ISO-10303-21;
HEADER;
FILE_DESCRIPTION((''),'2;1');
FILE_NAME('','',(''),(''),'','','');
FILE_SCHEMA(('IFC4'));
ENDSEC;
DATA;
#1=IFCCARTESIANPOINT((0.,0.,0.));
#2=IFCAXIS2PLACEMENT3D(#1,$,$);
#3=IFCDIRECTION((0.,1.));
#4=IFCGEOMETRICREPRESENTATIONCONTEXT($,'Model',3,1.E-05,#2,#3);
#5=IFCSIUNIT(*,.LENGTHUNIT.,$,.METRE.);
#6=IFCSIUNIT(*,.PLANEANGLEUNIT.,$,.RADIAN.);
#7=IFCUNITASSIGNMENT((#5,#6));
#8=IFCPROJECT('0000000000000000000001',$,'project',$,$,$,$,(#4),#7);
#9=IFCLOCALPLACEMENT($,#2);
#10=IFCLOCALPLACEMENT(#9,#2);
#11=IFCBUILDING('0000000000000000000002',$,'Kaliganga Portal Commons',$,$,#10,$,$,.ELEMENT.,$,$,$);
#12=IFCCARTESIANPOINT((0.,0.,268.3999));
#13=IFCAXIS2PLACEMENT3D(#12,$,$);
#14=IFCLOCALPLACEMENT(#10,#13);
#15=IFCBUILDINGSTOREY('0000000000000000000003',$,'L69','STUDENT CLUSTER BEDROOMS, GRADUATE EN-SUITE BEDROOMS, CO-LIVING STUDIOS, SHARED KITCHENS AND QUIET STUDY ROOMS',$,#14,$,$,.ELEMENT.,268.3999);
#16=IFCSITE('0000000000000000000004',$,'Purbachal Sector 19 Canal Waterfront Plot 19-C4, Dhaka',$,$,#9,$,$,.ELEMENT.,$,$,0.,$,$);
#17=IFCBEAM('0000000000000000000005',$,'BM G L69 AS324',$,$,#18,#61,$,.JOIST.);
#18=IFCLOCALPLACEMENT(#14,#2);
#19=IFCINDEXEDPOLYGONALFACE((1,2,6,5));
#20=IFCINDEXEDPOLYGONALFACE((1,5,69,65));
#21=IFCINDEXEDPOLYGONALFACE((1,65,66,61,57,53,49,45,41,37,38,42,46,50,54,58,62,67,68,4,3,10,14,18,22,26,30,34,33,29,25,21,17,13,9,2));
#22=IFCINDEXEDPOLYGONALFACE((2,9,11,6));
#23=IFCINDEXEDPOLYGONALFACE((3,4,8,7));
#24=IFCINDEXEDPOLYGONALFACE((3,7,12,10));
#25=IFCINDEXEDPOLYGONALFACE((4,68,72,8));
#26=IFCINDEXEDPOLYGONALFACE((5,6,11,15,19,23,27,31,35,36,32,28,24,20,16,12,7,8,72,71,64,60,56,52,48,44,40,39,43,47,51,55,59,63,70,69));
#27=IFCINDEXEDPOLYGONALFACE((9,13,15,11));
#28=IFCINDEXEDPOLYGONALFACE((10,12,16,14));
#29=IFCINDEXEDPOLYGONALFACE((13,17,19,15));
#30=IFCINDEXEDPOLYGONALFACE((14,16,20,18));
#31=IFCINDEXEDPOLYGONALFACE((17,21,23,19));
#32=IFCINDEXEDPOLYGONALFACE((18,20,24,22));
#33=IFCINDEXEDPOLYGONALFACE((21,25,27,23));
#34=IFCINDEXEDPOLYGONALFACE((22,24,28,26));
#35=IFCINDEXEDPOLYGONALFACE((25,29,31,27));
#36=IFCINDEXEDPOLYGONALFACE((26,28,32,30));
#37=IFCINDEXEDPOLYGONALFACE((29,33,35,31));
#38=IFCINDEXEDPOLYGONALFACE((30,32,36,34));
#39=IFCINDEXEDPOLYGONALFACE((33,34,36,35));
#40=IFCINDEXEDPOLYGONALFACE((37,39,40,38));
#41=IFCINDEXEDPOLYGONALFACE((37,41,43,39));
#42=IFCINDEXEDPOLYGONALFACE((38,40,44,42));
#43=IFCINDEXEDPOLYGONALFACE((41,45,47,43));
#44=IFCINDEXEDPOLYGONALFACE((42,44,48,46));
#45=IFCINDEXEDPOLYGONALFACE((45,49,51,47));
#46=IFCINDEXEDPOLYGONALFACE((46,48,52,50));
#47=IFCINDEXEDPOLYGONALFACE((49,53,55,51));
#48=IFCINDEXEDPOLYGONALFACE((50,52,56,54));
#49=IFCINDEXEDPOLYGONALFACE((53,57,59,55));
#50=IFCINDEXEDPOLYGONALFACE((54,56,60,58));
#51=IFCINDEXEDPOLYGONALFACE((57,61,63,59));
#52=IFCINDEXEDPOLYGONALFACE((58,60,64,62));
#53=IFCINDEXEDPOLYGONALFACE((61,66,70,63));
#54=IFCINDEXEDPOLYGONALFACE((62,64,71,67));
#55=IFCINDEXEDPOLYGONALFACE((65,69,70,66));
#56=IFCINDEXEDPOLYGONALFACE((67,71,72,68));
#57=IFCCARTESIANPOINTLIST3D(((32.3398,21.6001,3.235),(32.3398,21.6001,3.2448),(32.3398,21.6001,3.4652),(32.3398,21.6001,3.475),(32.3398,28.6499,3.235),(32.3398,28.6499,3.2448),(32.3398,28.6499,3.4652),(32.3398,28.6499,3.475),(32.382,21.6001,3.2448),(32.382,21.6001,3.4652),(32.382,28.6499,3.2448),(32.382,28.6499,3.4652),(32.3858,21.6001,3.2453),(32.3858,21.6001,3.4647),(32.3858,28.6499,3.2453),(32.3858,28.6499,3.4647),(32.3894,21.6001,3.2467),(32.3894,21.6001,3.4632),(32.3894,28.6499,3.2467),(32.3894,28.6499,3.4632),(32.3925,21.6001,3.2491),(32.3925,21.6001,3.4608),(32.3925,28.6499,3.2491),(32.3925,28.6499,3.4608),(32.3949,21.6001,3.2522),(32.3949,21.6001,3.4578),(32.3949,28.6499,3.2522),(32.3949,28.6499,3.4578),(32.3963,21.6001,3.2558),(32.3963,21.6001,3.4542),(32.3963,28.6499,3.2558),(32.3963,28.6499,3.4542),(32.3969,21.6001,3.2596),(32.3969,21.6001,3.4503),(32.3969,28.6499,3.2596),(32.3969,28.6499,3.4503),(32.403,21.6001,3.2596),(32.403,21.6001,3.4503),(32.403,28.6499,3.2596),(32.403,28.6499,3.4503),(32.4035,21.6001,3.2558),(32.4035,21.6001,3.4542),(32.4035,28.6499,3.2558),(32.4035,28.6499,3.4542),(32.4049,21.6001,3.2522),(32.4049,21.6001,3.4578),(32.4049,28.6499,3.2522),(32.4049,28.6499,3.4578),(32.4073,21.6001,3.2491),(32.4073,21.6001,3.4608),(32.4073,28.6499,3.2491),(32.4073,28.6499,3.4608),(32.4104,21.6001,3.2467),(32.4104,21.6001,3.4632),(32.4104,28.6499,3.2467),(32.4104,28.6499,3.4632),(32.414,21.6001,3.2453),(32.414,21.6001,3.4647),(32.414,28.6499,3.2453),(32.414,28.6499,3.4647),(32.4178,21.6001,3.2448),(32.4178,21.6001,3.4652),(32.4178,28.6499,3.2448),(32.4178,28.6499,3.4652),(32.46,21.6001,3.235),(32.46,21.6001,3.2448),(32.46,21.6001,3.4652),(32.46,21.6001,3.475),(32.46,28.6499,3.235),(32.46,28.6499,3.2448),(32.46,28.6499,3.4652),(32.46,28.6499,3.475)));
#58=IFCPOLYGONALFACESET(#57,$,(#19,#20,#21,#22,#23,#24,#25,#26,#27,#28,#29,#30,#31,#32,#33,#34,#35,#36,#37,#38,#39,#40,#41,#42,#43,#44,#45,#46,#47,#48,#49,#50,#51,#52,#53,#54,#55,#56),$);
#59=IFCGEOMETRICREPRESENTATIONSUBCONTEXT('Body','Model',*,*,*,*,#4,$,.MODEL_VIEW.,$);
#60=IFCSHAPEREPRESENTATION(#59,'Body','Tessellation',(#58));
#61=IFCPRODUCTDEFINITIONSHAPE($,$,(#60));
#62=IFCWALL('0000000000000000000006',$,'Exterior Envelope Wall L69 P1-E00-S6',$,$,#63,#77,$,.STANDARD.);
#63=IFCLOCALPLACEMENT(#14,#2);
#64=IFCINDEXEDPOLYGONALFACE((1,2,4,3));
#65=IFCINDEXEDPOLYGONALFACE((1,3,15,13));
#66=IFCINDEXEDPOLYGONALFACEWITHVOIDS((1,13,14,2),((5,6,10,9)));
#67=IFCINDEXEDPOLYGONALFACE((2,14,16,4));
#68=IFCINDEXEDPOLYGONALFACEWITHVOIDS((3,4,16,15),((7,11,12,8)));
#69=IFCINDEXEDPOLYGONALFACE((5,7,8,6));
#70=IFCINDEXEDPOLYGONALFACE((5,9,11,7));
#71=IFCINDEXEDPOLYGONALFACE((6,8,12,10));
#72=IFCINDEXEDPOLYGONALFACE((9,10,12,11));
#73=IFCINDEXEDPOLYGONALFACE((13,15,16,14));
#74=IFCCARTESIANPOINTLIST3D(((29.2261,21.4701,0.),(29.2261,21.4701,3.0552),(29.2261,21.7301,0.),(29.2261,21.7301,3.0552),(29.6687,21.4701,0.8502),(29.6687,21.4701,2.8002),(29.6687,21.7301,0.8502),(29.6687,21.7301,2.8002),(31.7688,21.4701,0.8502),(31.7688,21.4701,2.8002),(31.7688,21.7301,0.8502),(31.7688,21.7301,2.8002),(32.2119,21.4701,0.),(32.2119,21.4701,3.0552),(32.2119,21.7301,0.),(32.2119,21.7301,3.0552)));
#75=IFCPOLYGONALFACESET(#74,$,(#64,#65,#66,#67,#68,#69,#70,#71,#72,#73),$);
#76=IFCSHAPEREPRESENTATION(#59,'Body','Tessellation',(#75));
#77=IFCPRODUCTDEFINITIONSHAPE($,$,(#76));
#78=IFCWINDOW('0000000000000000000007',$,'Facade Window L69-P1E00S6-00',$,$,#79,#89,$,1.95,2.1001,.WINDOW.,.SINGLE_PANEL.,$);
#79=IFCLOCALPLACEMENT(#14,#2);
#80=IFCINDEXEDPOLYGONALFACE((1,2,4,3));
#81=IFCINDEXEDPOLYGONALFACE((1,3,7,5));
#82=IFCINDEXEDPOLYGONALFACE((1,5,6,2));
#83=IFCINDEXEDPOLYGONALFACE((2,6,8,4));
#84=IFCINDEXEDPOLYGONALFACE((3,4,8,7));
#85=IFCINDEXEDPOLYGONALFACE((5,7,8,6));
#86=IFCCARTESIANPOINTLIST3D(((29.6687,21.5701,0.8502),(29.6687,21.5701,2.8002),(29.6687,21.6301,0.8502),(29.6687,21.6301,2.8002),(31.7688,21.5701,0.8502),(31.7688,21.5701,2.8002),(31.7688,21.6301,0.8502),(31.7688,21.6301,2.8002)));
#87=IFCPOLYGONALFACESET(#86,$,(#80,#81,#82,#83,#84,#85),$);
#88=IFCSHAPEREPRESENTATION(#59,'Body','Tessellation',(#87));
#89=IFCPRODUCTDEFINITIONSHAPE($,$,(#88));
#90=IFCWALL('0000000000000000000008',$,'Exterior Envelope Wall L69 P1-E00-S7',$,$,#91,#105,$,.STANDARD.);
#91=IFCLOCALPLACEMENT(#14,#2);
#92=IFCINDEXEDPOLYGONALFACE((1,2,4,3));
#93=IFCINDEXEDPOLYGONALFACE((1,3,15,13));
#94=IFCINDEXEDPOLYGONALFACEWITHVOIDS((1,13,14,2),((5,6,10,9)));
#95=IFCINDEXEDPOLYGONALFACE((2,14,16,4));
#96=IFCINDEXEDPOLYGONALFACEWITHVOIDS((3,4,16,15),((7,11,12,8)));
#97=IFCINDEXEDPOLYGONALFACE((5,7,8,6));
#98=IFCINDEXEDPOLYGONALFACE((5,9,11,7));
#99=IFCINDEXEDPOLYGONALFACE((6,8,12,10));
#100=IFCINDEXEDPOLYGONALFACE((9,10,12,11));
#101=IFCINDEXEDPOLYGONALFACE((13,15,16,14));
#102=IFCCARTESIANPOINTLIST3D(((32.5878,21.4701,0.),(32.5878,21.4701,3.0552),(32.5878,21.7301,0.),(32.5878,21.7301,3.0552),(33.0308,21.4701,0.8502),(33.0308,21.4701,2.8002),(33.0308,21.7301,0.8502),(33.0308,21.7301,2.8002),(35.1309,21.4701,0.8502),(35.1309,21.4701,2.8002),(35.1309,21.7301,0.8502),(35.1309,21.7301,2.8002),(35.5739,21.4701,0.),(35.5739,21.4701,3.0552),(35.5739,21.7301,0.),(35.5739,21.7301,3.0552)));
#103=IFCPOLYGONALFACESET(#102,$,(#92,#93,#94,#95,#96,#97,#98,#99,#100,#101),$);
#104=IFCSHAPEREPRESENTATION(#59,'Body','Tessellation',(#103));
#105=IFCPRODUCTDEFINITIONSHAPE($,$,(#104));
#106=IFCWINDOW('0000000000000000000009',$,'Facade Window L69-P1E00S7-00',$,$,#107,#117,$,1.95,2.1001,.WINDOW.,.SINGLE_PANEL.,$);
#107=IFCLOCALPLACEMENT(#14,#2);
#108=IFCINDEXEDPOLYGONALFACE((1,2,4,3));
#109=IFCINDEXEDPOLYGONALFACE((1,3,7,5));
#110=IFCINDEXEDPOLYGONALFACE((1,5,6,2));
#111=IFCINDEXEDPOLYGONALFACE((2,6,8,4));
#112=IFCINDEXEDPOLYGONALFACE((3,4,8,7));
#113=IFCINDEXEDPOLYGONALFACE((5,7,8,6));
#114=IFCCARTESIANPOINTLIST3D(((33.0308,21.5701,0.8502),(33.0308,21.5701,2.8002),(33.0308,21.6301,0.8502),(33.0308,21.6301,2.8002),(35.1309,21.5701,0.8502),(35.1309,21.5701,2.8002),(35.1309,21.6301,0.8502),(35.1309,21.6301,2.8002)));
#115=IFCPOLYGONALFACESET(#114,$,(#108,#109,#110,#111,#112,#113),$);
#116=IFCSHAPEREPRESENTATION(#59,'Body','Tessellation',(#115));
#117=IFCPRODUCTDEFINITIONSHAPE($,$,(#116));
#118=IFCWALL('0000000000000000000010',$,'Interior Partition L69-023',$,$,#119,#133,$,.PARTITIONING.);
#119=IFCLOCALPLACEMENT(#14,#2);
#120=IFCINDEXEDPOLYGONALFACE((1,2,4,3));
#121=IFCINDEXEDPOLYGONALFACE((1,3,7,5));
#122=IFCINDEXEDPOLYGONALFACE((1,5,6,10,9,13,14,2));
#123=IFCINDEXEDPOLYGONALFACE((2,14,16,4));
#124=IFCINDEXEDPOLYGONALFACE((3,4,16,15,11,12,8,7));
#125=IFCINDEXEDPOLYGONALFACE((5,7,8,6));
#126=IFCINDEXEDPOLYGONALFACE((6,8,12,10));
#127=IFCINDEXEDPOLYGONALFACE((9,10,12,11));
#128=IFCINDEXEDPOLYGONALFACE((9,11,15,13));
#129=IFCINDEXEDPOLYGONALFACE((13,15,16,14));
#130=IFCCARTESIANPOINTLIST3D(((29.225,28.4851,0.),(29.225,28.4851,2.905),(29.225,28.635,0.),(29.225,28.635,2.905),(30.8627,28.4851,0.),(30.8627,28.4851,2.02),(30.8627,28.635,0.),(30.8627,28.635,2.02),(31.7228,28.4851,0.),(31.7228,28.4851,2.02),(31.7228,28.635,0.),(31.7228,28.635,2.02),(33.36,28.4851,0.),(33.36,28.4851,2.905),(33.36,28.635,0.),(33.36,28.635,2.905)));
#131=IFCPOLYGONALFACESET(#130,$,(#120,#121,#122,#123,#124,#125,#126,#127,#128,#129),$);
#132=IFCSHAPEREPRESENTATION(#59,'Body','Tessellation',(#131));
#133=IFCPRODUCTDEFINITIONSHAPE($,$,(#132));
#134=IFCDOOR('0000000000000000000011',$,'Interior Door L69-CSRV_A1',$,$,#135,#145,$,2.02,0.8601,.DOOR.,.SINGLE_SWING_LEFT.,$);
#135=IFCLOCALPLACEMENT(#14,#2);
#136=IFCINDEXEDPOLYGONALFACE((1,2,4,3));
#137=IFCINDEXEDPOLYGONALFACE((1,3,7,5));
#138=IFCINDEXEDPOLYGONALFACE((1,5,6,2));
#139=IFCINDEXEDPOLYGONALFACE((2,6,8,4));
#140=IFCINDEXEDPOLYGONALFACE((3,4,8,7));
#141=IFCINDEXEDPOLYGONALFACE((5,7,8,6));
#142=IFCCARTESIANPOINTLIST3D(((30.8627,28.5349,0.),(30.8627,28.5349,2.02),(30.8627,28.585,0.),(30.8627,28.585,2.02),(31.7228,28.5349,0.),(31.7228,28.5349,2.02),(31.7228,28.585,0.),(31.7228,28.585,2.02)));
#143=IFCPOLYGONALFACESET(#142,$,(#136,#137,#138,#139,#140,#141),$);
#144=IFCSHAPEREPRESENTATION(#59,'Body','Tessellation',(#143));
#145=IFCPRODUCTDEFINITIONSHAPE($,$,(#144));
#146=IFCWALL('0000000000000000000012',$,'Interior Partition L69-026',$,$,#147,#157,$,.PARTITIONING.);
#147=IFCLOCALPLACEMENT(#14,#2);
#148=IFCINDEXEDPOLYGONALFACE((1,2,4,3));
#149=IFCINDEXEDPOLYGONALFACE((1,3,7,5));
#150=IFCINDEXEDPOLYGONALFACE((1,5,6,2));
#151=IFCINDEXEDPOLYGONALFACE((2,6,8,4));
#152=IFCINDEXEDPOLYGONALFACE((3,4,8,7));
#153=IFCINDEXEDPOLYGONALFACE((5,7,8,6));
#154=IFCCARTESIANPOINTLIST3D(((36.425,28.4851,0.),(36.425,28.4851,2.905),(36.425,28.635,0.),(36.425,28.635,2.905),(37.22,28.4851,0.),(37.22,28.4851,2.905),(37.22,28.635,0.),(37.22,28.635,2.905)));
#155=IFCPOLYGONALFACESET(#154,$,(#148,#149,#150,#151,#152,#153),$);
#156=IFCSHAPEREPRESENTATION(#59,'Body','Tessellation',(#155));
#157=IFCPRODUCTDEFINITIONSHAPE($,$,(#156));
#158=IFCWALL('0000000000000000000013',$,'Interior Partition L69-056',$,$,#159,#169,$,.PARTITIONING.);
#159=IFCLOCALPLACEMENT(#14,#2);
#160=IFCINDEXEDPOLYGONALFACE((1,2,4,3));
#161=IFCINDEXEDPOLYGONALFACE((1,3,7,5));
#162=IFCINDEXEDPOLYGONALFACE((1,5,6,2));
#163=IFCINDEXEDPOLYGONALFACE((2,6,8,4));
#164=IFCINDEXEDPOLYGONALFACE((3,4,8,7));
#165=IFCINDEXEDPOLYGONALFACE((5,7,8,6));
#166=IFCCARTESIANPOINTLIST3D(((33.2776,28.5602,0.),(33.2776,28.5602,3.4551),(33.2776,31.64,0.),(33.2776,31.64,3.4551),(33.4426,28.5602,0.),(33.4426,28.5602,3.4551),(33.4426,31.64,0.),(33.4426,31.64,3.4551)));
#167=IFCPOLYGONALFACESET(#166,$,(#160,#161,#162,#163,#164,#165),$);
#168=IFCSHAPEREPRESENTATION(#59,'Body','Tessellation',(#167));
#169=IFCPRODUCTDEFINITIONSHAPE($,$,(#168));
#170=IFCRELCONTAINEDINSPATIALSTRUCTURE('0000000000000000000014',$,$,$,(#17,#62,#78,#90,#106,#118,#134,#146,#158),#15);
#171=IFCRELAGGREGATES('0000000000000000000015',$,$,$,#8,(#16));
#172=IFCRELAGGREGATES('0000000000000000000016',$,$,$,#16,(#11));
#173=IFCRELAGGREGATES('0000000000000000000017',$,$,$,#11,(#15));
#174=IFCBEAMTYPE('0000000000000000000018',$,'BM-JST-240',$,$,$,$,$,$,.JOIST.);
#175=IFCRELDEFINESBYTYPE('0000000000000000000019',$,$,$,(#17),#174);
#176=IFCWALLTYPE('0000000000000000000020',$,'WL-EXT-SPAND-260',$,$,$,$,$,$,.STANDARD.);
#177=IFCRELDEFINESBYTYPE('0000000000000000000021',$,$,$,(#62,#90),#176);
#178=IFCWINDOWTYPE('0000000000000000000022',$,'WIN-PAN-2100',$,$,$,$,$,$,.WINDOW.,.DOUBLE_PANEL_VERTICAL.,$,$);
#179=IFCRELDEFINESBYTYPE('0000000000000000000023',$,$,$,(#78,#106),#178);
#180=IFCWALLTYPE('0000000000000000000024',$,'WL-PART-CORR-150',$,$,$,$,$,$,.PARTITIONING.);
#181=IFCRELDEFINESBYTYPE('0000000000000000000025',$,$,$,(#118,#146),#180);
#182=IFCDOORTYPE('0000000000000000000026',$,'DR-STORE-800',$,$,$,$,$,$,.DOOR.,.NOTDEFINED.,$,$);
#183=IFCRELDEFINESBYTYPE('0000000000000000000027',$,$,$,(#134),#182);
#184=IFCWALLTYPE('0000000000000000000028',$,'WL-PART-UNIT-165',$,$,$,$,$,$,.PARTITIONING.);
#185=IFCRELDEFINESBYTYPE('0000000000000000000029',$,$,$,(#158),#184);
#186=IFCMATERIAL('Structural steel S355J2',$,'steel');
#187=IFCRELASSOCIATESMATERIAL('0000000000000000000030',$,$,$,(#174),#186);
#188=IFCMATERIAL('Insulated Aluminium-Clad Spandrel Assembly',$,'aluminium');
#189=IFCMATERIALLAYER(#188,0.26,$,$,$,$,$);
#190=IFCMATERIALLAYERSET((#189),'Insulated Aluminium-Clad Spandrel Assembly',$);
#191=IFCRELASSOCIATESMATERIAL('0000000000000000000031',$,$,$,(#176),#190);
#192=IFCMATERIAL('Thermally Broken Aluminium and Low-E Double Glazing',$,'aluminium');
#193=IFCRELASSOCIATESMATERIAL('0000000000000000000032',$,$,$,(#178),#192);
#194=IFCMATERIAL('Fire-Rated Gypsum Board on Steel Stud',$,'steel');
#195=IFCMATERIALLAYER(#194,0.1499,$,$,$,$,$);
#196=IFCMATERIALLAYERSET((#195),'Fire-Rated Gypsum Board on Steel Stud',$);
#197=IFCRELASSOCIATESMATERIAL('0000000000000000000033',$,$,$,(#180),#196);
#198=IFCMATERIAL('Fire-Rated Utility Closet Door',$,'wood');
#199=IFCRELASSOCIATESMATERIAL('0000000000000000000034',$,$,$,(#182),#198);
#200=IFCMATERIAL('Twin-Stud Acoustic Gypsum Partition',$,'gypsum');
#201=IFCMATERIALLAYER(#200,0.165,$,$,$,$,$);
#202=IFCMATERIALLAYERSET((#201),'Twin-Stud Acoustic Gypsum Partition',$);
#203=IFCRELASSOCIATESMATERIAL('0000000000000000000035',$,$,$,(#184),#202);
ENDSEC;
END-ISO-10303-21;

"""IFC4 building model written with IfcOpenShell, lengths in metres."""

from ifc_helpers import new_model, si_unit, direction, frame, frame_2d, origin, origin_2d, place, context, subcontext, project, spatial, rectangle, i_section, extrude, source, transform, mapped, material, layer, layer_set, material_profile, profile_set, type_object, element, fill, save


model = new_model("IFC4")

# Units and contexts
model_context = context("Model", 3, precision=1e-05, world=origin(), true_north=direction((0.0, 1.0)))
body_context = subcontext(model_context, "Body", "Model", "MODEL_VIEW")
ifc_project = project(units=[si_unit("LENGTHUNIT", "METRE"), si_unit("PLANEANGLEUNIT", "RADIAN")], contexts=[model_context])

# Site, building, storey
site_placement = place(None, origin())
site = spatial("IfcSite", under=ifc_project, at=site_placement, Name="Purbachal Sector 19 Canal Waterfront Plot 19-C4, Dhaka", CompositionType="ELEMENT", RefElevation=0.0)
building_placement = place(site_placement, origin())
building = spatial("IfcBuilding", under=site, at=building_placement, Name="Kaliganga Portal Commons", CompositionType="ELEMENT")
storey_placement = place(building_placement, frame((0.0, 0.0, 268.3999)))
storey = spatial("IfcBuildingStorey", under=building, at=storey_placement, Name="L69", Description="STUDENT CLUSTER BEDROOMS, GRADUATE EN-SUITE BEDROOMS, CO-LIVING STUDIOS, SHARED KITCHENS AND QUIET STUDY ROOMS", CompositionType="ELEMENT", Elevation=268.3999)

# Shared definitions
ifc_material_1 = material(Name="Structural steel S355J2", Category="steel")

# Beam
ifc_material_profile_1 = material_profile(ifc_material_1, i_section(OverallWidth=0.1201, OverallDepth=0.24, WebThickness=0.0061, FlangeThickness=0.0098, FilletRadius=0.0149, at=origin_2d()), Name="IPE 240")
ifc_profile_set_1 = profile_set([ifc_material_profile_1], Name="Structural steel S355J2 wide-flange")
beam_type_1 = type_object("IfcBeamType", Name="BM-JST-240", PredefinedType="JOIST", material=ifc_profile_set_1)
shared_shape_1 = source(origin(), body_context, "Body", "SweptSolid", [
    extrude(i_section(OverallWidth=0.1201, OverallDepth=0.24, WebThickness=0.0061, FlangeThickness=0.0098, FilletRadius=0.0149, at=origin_2d()), origin(), (0.0, 0.0, 1.0), 7.0498),
])
beam_1_placement = place(storey_placement, frame((32.3999, 21.6001, 3.355), z_axis=(0.0, 1.0, 0.0), x_axis=(-1.0, 0.0, 0.0)))
element("IfcBeam", 1, at=beam_1_placement, inside=storey, type_object=beam_type_1, Name="BM G L69 AS324", PredefinedType="JOIST", context=body_context, shape_type="MappedRepresentation", body=[
    mapped(shared_shape_1, transform((0.0, 0.0, 0.0), x_axis=(1.0, 0.0, 0.0), y_axis=(0.0, 1.0, 0.0), z_axis=(0.0, 0.0, 1.0), scale=1.0)),
])

# Walls, openings, windows
ifc_material_2 = material(Name="Insulated Aluminium-Clad Spandrel Assembly", Category="aluminium")
ifc_layer_1 = layer(ifc_material_2, 0.26)
ifc_layer_set_1 = layer_set([ifc_layer_1], Name="Insulated Aluminium-Clad Spandrel Assembly")
wall_type_1 = type_object("IfcWallType", Name="WL-EXT-SPAND-260", PredefinedType="STANDARD", material=ifc_layer_set_1)
wall_1_placement = place(storey_placement, frame((32.2119, 21.6001, 0.0), z_axis=(0.0, 0.0, 1.0), x_axis=(-1.0, 0.0, 0.0)))
wall_1 = element("IfcWall", 2, at=wall_1_placement, inside=storey, type_object=wall_type_1, Name="Exterior Envelope Wall L69 P1-E00-S6", PredefinedType="STANDARD", context=body_context, shape_type="SweptSolid", body=[
    extrude(rectangle(XDim=2.9858, YDim=0.26, at=frame_2d((1.4929, 0.0))), origin(), (0.0, 0.0, 1.0), 3.0552),
])
opening_1_placement = place(wall_1_placement, frame((0.4431, 0.0, 0.8501)))
opening_1 = element("IfcOpeningElement", 3, at=opening_1_placement, cuts=wall_1, PredefinedType="OPENING", context=body_context, shape_type="SweptSolid", body=[
    extrude(rectangle(XDim=2.1001, YDim=1.95, at=frame_2d((1.05, 0.9751))), frame((0.0, 0.1401, 0.0), z_axis=(0.0, -1.0, 0.0), x_axis=(1.0, 0.0, 0.0)), (0.0, 0.0, 1.0), 0.28),
])
ifc_material_3 = material(Name="Thermally Broken Aluminium and Low-E Double Glazing", Category="aluminium")
window_type = type_object("IfcWindowType", Name="WIN-PAN-2100", PartitioningType="DOUBLE_PANEL_VERTICAL", PredefinedType="WINDOW", material=ifc_material_3)
window_1_placement = place(opening_1_placement, origin())
window_1 = element("IfcWindow", 4, at=window_1_placement, inside=storey, type_object=window_type, Name="Facade Window L69-P1E00S6-00", OverallHeight=1.95, OverallWidth=2.1001, PartitioningType="SINGLE_PANEL", PredefinedType="WINDOW", context=body_context, shape_type="SweptSolid", body=[
    extrude(rectangle(XDim=2.1001, YDim=1.95, at=frame_2d((1.05, 0.9751))), frame((0.0, 0.03, 0.0), z_axis=(0.0, -1.0, 0.0), x_axis=(1.0, 0.0, 0.0)), (0.0, 0.0, 1.0), 0.0601),
])
fill(opening_1, window_1)
wall_2_placement = place(storey_placement, frame((35.574, 21.6001, 0.0), z_axis=(0.0, 0.0, 1.0), x_axis=(-1.0, 0.0, 0.0)))
wall_2 = element("IfcWall", 5, at=wall_2_placement, inside=storey, type_object=wall_type_1, Name="Exterior Envelope Wall L69 P1-E00-S7", PredefinedType="STANDARD", context=body_context, shape_type="SweptSolid", body=[
    extrude(rectangle(XDim=2.9861, YDim=0.26, at=frame_2d((1.4932, 0.0))), origin(), (0.0, 0.0, 1.0), 3.0552),
])
opening_2_placement = place(wall_2_placement, frame((0.4431, 0.0, 0.8501)))
opening_2 = element("IfcOpeningElement", 6, at=opening_2_placement, cuts=wall_2, PredefinedType="OPENING", context=body_context, shape_type="SweptSolid", body=[
    extrude(rectangle(XDim=2.1001, YDim=1.95, at=frame_2d((1.05, 0.9751))), frame((0.0, 0.1401, 0.0), z_axis=(0.0, -1.0, 0.0), x_axis=(1.0, 0.0, 0.0)), (0.0, 0.0, 1.0), 0.28),
])
window_2_placement = place(opening_2_placement, origin())
window_2 = element("IfcWindow", 7, at=window_2_placement, inside=storey, type_object=window_type, Name="Facade Window L69-P1E00S7-00", OverallHeight=1.95, OverallWidth=2.1001, PartitioningType="SINGLE_PANEL", PredefinedType="WINDOW", context=body_context, shape_type="SweptSolid", body=[
    extrude(rectangle(XDim=2.1001, YDim=1.95, at=frame_2d((1.05, 0.9751))), frame((0.0, 0.03, 0.0), z_axis=(0.0, -1.0, 0.0), x_axis=(1.0, 0.0, 0.0)), (0.0, 0.0, 1.0), 0.0601),
])
fill(opening_2, window_2)

# Wall, opening, door
ifc_material_4 = material(Name="Fire-Rated Gypsum Board on Steel Stud", Category="steel")
ifc_layer_2 = layer(ifc_material_4, 0.1499)
ifc_layer_set_2 = layer_set([ifc_layer_2], Name="Fire-Rated Gypsum Board on Steel Stud")
wall_type_2 = type_object("IfcWallType", Name="WL-PART-CORR-150", PredefinedType="PARTITIONING", material=ifc_layer_set_2)
wall_3_placement = place(storey_placement, frame((29.2251, 28.5601, 0.0), z_axis=(0.0, 0.0, 1.0), x_axis=(1.0, 0.0, 0.0)))
wall_3 = element("IfcWall", 8, at=wall_3_placement, inside=storey, type_object=wall_type_2, Name="Interior Partition L69-023", PredefinedType="PARTITIONING", context=body_context, shape_type="SweptSolid", body=[
    extrude(rectangle(XDim=4.135, YDim=0.1499, at=frame_2d((2.0674, 0.0))), origin(), (0.0, 0.0, 1.0), 2.905),
])
opening_3_placement = place(wall_3_placement, frame((1.6375, 0.0, 0.0)))
opening_3 = element("IfcOpeningElement", 9, at=opening_3_placement, cuts=wall_3, PredefinedType="OPENING", context=body_context, shape_type="SweptSolid", body=[
    extrude(rectangle(XDim=0.8601, YDim=2.02, at=frame_2d((0.4302, 1.01))), frame((0.0, 0.085, 0.0), z_axis=(0.0, -1.0, 0.0), x_axis=(1.0, 0.0, 0.0)), (0.0, 0.0, 1.0), 0.1699),
])
ifc_material_5 = material(Name="Fire-Rated Utility Closet Door", Category="wood")
door_type_1 = type_object("IfcDoorType", Name="DR-STORE-800", OperationType="NOTDEFINED", PredefinedType="DOOR", material=ifc_material_5)
door_1_placement = place(opening_3_placement, origin())
door_1 = element("IfcDoor", 10, at=door_1_placement, inside=storey, type_object=door_type_1, Name="Interior Door L69-CSRV_A1", OperationType="SINGLE_SWING_LEFT", OverallHeight=2.02, OverallWidth=0.8601, PredefinedType="DOOR", context=body_context, shape_type="SweptSolid", body=[
    extrude(rectangle(XDim=0.8601, YDim=2.02, at=frame_2d((0.4302, 1.01))), frame((0.0, 0.0249, 0.0), z_axis=(0.0, -1.0, 0.0), x_axis=(1.0, 0.0, 0.0)), (0.0, 0.0, 1.0), 0.05),
])
fill(opening_3, door_1)

# Walls
wall_4_placement = place(storey_placement, frame((36.425, 28.5601, 0.0), z_axis=(0.0, 0.0, 1.0), x_axis=(1.0, 0.0, 0.0)))
element("IfcWall", 11, at=wall_4_placement, inside=storey, type_object=wall_type_2, Name="Interior Partition L69-026", PredefinedType="PARTITIONING", context=body_context, shape_type="SweptSolid", body=[
    extrude(rectangle(XDim=0.7949, YDim=0.1499, at=frame_2d((0.3975, 0.0))), origin(), (0.0, 0.0, 1.0), 2.905),
])
ifc_material_6 = material(Name="Twin-Stud Acoustic Gypsum Partition", Category="gypsum")
ifc_layer_3 = layer(ifc_material_6, 0.165)
ifc_layer_set_3 = layer_set([ifc_layer_3], Name="Twin-Stud Acoustic Gypsum Partition")
wall_type_3 = type_object("IfcWallType", Name="WL-PART-UNIT-165", PredefinedType="PARTITIONING", material=ifc_layer_set_3)
wall_5_placement = place(storey_placement, frame((33.3601, 28.5601, 0.0), z_axis=(0.0, 0.0, 1.0), x_axis=(0.0, 1.0, 0.0)))
element("IfcWall", 12, at=wall_5_placement, inside=storey, type_object=wall_type_3, Name="Interior Partition L69-056", PredefinedType="PARTITIONING", context=body_context, shape_type="SweptSolid", body=[
    extrude(rectangle(XDim=3.0798, YDim=0.165, at=frame_2d((1.54, 0.0))), origin(), (0.0, 0.0, 1.0), 3.4551),
])

save(model, "model.ifc")
